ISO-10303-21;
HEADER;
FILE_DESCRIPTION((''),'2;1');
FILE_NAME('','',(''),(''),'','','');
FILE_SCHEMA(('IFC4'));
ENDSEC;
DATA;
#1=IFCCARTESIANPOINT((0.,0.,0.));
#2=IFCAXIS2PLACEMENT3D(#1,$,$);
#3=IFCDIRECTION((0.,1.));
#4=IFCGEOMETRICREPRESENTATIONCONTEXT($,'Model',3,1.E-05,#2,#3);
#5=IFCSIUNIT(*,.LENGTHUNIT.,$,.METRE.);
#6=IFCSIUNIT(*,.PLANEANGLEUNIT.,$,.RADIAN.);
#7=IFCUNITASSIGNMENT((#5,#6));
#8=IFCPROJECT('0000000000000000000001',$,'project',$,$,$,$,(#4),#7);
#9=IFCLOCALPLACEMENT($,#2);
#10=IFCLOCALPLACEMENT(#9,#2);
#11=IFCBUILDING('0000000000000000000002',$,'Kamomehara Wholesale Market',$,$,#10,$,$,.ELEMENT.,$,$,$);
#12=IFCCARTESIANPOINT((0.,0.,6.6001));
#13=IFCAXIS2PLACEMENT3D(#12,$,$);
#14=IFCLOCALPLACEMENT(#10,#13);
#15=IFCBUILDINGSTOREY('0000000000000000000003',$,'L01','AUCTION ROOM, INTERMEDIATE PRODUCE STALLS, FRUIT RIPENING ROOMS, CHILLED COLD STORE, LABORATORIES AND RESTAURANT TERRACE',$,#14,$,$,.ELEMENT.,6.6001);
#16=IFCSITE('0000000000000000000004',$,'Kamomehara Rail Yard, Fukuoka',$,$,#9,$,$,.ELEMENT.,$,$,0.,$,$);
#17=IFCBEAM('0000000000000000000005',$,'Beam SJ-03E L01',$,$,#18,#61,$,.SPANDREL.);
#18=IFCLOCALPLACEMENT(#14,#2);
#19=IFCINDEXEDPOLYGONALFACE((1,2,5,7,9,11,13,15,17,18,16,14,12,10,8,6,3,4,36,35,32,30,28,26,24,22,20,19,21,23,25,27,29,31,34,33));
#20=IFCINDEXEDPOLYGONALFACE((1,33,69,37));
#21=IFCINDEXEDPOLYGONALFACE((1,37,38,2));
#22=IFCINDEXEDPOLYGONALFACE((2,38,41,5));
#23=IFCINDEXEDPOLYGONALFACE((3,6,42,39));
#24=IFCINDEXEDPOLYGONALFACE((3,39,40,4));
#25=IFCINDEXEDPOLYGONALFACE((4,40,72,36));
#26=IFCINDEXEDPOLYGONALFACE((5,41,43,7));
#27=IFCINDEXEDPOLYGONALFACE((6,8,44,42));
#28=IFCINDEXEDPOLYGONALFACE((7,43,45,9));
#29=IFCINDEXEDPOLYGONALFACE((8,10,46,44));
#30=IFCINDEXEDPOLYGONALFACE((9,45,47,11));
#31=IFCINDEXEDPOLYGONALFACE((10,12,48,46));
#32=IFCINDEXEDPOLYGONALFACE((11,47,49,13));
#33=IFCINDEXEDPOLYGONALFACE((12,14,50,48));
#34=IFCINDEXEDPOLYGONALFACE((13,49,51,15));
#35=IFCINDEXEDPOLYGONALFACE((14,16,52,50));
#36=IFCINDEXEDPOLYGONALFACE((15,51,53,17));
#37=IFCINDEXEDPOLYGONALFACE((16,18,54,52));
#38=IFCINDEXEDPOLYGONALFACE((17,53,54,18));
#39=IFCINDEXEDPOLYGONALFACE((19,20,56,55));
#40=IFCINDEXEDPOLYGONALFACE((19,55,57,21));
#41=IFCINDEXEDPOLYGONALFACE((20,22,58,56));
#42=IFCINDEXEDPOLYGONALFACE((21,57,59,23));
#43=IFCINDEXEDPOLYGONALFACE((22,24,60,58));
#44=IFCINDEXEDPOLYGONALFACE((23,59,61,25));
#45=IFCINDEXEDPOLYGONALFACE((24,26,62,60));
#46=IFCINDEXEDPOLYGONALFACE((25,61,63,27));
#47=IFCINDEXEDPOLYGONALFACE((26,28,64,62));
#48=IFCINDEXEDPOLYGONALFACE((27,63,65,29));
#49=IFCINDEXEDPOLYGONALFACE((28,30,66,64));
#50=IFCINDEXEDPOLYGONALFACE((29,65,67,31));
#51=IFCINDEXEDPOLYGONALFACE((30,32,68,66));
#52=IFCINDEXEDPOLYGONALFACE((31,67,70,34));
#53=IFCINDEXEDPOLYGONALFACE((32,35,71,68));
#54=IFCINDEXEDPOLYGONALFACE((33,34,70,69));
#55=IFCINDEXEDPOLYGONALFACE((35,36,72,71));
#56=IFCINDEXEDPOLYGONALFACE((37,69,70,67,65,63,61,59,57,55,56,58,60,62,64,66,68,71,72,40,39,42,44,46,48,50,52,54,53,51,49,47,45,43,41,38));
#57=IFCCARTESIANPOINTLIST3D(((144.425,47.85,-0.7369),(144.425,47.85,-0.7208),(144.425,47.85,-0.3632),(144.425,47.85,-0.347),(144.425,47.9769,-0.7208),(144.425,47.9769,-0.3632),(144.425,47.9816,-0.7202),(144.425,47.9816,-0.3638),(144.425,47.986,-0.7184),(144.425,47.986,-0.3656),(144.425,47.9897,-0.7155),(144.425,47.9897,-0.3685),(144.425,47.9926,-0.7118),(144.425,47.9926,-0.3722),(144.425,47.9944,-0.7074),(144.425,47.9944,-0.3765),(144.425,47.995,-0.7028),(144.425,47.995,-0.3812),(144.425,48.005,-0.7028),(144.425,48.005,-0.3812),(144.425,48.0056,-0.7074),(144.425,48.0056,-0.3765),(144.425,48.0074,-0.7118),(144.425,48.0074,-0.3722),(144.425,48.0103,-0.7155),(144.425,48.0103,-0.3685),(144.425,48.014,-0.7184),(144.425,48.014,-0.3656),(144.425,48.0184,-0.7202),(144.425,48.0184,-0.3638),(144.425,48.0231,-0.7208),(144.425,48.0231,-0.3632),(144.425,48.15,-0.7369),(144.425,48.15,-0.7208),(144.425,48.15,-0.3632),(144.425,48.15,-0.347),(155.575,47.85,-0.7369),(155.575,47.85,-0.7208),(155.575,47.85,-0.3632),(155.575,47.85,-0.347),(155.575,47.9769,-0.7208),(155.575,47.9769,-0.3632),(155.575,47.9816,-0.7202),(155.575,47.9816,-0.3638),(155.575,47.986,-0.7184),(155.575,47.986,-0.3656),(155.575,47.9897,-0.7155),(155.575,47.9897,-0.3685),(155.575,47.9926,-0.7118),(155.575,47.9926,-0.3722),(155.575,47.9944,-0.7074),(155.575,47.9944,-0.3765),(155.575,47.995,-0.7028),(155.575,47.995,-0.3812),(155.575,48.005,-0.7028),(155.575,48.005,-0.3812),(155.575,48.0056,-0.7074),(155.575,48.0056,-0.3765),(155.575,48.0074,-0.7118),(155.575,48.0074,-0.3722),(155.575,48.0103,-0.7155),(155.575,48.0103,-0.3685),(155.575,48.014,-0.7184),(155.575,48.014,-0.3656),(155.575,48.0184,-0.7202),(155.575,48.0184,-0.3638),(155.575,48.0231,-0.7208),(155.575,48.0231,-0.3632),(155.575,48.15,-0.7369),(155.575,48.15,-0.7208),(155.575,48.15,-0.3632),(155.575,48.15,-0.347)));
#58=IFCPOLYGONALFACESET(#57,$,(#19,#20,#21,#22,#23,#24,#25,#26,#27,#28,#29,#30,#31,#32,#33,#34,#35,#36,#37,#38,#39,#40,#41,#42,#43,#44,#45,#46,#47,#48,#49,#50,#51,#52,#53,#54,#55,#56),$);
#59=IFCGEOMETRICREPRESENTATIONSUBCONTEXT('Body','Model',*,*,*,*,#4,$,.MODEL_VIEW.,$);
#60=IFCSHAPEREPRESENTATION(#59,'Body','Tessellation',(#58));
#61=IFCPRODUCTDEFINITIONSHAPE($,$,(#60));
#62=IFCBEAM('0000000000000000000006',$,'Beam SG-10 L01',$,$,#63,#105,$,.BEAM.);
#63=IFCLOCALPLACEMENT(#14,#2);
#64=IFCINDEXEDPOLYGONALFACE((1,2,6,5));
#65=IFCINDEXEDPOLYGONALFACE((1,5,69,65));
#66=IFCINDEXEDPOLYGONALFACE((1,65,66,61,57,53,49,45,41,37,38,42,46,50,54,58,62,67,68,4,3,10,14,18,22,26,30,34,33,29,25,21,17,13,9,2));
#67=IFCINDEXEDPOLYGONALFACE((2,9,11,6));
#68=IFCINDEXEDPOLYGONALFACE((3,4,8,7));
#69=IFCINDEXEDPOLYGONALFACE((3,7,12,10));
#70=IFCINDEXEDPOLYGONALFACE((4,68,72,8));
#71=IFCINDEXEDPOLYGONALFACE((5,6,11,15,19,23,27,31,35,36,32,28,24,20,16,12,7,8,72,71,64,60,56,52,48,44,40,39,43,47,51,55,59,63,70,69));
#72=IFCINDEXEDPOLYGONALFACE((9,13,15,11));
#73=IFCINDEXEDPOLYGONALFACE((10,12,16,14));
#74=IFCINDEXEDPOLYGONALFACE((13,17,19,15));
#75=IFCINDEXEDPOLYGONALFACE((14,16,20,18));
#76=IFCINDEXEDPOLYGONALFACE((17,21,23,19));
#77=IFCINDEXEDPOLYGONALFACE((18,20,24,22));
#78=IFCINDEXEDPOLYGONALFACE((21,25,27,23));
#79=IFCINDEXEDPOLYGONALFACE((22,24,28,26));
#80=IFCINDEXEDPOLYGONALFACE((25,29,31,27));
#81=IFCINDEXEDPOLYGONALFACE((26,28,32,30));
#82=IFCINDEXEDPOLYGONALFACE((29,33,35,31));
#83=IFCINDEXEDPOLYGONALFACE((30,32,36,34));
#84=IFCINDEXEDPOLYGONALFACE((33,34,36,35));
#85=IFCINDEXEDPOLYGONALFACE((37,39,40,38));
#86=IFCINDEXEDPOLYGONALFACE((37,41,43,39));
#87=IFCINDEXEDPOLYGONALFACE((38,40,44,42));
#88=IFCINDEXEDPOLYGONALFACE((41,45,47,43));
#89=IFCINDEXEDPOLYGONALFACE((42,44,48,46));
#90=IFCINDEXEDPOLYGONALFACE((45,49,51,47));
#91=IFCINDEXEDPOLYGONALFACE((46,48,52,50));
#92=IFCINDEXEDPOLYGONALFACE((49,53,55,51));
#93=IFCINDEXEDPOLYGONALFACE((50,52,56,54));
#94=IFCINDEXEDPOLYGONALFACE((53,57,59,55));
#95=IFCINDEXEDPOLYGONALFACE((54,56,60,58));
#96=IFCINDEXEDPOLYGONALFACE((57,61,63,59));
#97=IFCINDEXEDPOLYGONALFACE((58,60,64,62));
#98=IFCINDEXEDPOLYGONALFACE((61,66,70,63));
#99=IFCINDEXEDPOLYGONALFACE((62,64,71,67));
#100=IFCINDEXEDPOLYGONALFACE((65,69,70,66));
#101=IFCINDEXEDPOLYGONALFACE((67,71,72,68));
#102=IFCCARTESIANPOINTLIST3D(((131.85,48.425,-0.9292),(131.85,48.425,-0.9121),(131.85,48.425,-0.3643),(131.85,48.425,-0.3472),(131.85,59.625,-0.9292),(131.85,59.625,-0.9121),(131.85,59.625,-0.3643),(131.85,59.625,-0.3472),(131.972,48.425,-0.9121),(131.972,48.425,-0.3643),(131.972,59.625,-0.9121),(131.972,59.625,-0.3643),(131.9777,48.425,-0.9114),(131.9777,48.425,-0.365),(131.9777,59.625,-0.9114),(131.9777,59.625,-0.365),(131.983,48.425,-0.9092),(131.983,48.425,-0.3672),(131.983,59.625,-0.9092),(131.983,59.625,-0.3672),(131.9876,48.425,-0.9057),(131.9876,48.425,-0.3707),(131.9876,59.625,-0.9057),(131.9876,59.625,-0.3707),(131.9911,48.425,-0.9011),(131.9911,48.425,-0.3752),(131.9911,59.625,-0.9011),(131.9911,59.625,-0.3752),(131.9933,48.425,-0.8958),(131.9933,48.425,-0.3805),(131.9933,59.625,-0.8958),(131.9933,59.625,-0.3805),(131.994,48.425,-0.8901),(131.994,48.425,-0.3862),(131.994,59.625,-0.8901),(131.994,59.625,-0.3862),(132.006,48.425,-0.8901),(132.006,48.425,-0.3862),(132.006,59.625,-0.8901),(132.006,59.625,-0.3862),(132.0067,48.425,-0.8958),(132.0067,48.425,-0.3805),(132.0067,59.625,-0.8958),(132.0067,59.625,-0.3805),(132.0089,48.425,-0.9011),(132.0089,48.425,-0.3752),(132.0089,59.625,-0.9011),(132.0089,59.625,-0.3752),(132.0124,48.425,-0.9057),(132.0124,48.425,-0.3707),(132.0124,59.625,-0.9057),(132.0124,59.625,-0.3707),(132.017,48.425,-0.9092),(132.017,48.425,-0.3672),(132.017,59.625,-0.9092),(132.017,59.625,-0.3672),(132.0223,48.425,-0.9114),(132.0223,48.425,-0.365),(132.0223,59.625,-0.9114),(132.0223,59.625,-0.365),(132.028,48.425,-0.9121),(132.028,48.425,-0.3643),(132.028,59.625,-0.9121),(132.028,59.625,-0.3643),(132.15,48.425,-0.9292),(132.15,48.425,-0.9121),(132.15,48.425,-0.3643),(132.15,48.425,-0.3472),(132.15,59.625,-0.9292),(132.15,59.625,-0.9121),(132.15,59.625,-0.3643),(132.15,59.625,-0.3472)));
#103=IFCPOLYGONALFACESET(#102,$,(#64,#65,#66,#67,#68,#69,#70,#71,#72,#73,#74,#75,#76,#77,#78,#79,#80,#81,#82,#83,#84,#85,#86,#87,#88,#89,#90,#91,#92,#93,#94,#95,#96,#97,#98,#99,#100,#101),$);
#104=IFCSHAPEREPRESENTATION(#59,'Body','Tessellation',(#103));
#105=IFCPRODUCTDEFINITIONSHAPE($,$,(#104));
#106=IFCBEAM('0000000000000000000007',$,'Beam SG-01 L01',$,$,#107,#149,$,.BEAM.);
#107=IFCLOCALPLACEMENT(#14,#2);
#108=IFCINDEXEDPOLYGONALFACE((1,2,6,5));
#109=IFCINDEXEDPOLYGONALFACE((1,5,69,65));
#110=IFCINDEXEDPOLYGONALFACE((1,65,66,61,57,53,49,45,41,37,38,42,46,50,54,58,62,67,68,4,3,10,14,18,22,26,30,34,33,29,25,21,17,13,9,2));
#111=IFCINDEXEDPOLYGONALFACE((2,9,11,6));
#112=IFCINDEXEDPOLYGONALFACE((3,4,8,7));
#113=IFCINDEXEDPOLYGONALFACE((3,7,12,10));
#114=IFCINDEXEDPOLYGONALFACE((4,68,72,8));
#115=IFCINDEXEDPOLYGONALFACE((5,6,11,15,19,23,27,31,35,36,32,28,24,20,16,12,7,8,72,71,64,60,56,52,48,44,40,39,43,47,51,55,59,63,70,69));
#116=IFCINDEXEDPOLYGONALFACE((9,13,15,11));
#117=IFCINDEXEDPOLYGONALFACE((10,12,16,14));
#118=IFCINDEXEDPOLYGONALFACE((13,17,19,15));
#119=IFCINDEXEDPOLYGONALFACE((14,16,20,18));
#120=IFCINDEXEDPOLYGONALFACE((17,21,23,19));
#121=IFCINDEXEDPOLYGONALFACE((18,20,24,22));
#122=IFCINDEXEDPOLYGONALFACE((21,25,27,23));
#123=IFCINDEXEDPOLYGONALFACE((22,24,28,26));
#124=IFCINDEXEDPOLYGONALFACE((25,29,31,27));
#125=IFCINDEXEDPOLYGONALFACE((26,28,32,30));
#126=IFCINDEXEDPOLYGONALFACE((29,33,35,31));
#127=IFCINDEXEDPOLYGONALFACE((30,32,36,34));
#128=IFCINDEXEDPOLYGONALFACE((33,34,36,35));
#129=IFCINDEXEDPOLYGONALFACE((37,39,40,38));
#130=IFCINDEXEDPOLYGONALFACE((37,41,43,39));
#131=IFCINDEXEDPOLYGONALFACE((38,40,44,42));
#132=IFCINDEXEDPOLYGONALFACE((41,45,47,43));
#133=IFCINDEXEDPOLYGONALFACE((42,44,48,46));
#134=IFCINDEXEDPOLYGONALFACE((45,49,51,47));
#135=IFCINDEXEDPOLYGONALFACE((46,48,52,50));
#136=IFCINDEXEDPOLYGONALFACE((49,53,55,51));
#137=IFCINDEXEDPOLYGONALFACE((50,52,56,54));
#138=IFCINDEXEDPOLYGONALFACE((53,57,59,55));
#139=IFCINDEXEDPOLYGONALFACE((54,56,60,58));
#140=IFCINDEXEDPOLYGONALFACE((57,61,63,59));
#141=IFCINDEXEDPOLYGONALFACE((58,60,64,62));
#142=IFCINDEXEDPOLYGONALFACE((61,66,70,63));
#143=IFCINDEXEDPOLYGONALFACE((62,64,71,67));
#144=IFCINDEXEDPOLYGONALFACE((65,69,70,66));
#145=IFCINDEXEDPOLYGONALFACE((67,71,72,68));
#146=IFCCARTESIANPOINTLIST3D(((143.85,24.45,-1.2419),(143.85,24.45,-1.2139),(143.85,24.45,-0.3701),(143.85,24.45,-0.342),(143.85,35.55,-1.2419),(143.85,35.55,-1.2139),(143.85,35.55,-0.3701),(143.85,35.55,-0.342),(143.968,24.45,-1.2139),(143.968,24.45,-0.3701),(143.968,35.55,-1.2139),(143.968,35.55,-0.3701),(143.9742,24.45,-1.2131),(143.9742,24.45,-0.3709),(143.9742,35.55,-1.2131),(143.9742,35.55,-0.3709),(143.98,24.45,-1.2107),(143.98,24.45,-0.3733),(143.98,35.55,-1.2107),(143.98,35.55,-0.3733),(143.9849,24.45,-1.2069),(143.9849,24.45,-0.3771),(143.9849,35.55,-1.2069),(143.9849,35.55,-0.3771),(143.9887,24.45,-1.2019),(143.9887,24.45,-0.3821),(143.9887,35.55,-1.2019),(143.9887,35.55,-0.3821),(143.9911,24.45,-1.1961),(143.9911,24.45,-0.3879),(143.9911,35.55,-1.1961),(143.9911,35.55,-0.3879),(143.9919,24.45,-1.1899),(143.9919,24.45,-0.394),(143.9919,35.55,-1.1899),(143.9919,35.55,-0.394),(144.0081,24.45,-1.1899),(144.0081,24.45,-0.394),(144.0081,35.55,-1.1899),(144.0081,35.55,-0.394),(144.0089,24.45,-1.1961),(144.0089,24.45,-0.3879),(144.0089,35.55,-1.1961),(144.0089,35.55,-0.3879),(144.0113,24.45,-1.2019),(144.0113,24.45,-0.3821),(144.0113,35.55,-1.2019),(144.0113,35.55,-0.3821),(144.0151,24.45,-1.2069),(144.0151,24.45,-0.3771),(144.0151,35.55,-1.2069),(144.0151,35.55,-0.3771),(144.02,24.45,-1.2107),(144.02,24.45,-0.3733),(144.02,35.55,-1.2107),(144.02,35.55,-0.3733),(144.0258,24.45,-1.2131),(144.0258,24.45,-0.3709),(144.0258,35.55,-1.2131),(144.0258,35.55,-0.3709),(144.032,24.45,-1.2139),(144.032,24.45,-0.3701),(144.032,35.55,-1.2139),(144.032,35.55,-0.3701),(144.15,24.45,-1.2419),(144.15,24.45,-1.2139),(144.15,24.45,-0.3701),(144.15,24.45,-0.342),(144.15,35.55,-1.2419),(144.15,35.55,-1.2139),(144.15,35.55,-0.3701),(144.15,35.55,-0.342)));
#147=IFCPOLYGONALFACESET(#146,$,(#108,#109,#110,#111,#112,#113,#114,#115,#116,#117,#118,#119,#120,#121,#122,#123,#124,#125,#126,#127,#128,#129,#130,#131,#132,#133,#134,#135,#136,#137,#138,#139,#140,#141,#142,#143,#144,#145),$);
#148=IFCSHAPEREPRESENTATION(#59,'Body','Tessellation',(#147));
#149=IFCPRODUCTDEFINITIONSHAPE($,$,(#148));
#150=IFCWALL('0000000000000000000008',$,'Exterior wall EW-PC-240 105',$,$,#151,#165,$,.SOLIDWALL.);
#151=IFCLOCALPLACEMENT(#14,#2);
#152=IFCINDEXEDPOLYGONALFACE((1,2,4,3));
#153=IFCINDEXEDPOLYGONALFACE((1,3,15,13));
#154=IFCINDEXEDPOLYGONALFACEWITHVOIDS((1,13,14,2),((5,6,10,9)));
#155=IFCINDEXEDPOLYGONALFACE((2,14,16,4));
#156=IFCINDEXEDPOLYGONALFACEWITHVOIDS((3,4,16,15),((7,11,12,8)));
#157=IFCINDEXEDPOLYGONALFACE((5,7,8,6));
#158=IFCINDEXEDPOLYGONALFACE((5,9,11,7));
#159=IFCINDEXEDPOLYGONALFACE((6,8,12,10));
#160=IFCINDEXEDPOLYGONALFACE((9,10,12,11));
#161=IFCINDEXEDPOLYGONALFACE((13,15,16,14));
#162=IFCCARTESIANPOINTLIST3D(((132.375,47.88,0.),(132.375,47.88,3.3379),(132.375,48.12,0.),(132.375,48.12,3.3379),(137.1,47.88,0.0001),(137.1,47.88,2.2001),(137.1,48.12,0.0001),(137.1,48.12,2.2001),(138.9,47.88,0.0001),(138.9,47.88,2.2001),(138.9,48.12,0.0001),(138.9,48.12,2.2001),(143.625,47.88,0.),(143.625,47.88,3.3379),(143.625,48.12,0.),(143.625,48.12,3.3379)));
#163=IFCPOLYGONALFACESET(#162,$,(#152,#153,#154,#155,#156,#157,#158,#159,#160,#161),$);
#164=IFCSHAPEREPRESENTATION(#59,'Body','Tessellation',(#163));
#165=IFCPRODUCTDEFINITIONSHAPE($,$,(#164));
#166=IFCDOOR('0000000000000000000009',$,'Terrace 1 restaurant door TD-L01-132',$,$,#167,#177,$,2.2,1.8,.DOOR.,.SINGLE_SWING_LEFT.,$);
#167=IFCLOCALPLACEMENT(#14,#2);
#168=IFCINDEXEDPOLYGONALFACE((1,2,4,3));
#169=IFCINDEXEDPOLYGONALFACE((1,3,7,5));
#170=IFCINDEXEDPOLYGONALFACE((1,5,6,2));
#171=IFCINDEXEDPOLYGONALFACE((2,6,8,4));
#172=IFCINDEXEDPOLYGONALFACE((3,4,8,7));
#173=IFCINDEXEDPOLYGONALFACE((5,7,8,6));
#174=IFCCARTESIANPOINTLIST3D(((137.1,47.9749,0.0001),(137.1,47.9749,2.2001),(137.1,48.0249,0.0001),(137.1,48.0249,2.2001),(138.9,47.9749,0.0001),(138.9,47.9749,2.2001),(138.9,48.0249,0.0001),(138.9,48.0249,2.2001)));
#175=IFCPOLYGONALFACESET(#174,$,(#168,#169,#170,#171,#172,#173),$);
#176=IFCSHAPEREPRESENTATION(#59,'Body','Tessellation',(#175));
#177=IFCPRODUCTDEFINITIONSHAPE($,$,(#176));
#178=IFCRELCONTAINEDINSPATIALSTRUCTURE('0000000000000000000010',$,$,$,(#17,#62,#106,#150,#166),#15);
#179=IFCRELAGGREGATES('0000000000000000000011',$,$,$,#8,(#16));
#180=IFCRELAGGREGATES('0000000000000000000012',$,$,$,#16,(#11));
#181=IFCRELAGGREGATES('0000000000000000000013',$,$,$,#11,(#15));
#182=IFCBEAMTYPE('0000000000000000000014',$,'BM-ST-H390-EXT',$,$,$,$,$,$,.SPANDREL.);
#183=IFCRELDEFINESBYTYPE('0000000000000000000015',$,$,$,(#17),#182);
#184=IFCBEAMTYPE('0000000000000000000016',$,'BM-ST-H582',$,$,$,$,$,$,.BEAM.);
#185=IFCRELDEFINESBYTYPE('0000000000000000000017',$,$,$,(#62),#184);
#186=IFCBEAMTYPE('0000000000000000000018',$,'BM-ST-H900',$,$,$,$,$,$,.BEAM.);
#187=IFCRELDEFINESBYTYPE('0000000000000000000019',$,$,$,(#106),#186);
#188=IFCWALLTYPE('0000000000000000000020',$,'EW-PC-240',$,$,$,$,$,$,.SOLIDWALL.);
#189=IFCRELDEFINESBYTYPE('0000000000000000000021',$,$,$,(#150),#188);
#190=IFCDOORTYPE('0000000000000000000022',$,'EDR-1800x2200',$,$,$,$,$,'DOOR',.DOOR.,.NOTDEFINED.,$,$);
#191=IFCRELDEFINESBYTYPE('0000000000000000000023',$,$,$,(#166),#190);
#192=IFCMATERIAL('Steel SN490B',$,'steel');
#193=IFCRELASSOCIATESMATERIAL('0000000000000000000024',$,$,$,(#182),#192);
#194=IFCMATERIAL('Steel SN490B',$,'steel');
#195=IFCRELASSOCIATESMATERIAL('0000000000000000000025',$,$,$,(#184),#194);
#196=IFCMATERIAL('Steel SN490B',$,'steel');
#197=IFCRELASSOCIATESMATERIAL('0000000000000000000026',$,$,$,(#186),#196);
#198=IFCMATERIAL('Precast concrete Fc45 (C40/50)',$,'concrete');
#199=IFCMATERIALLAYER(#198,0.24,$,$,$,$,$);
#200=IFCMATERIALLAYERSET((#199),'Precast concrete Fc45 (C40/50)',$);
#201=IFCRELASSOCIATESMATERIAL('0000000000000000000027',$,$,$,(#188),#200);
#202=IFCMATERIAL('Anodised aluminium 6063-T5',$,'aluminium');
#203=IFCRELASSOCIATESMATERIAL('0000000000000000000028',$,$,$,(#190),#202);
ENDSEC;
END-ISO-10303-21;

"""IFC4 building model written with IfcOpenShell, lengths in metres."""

from ifc_helpers import new_model, si_unit, direction, frame, frame_2d, origin, origin_2d, place, context, subcontext, project, spatial, rectangle, i_section, extrude, material, layer, layer_set, material_profile, profile_set, type_object, element, fill, save


model = new_model("IFC4")

# Units and contexts
model_context = context("Model", 3, precision=1e-05, world=origin(), true_north=direction((0.0, 1.0)))
body_context = subcontext(model_context, "Body", "Model", "MODEL_VIEW")
ifc_project = project(units=[si_unit("LENGTHUNIT", "METRE"), si_unit("PLANEANGLEUNIT", "RADIAN")], contexts=[model_context])

# Site, building, storey
site_placement = place(None, origin())
site = spatial("IfcSite", under=ifc_project, at=site_placement, Name="Kamomehara Rail Yard, Fukuoka", CompositionType="ELEMENT", RefElevation=0.0)
building_placement = place(site_placement, origin())
building = spatial("IfcBuilding", under=site, at=building_placement, Name="Kamomehara Wholesale Market", CompositionType="ELEMENT")
storey_placement = place(building_placement, frame((0.0, 0.0, 6.6001)))
storey = spatial("IfcBuildingStorey", under=building, at=storey_placement, Name="L01", Description="AUCTION ROOM, INTERMEDIATE PRODUCE STALLS, FRUIT RIPENING ROOMS, CHILLED COLD STORE, LABORATORIES AND RESTAURANT TERRACE", CompositionType="ELEMENT", Elevation=6.6001)

# Beams
ifc_material_1 = material(Name="Steel SN490B", Category="steel")
ifc_material_profile_1 = material_profile(ifc_material_1, i_section(OverallWidth=0.3, OverallDepth=0.3899, WebThickness=0.01, FlangeThickness=0.0161, FilletRadius=0.0181, at=origin_2d()), Name="H-390x300x10x16")
ifc_profile_set_1 = profile_set([ifc_material_profile_1], Name="Steel SN490B")
beam_type_1 = type_object("IfcBeamType", Name="BM-ST-H390-EXT", PredefinedType="SPANDREL", material=ifc_profile_set_1)
beam_1_placement = place(storey_placement, frame((144.425, 48.0, -0.542), z_axis=(1.0, 0.0, 0.0), x_axis=(0.0, 1.0, 0.0)))
element("IfcBeam", 1, at=beam_1_placement, inside=storey, type_object=beam_type_1, Name="Beam SJ-03E L01", PredefinedType="SPANDREL", context=body_context, shape_type="SweptSolid", body=[
    extrude(i_section(OverallWidth=0.3, OverallDepth=0.3899, WebThickness=0.01, FlangeThickness=0.0161, FilletRadius=0.0181, at=origin_2d()), origin(), (0.0, 0.0, 1.0), 11.1499),
])
ifc_material_2 = material(Name="Steel SN490B", Category="steel")
ifc_material_profile_2 = material_profile(ifc_material_2, i_section(OverallWidth=0.3, OverallDepth=0.582, WebThickness=0.012, FlangeThickness=0.0171, FilletRadius=0.022, at=origin_2d()), Name="H-582x300x12x17")
ifc_profile_set_2 = profile_set([ifc_material_profile_2], Name="Steel SN490B")
beam_type_2 = type_object("IfcBeamType", Name="BM-ST-H582", PredefinedType="BEAM", material=ifc_profile_set_2)
beam_2_placement = place(storey_placement, frame((132.0, 48.425, -0.6382), z_axis=(0.0, 1.0, 0.0), x_axis=(-1.0, 0.0, 0.0)))
element("IfcBeam", 2, at=beam_2_placement, inside=storey, type_object=beam_type_2, Name="Beam SG-10 L01", PredefinedType="BEAM", context=body_context, shape_type="SweptSolid", body=[
    extrude(i_section(OverallWidth=0.3, OverallDepth=0.582, WebThickness=0.012, FlangeThickness=0.0171, FilletRadius=0.022, at=origin_2d()), origin(), (0.0, 0.0, 1.0), 11.2),
])
ifc_material_3 = material(Name="Steel SN490B", Category="steel")
ifc_material_profile_3 = material_profile(ifc_material_3, i_section(OverallWidth=0.3, OverallDepth=0.8999, WebThickness=0.0161, FlangeThickness=0.0281, FilletRadius=0.0239, at=origin_2d()), Name="H-900x300x16x28")
ifc_profile_set_3 = profile_set([ifc_material_profile_3], Name="Steel SN490B")
beam_type_3 = type_object("IfcBeamType", Name="BM-ST-H900", PredefinedType="BEAM", material=ifc_profile_set_3)
beam_3_placement = place(storey_placement, frame((144.0, 24.45, -0.792), z_axis=(0.0, 1.0, 0.0), x_axis=(-1.0, 0.0, 0.0)))
element("IfcBeam", 3, at=beam_3_placement, inside=storey, type_object=beam_type_3, Name="Beam SG-01 L01", PredefinedType="BEAM", context=body_context, shape_type="SweptSolid", body=[
    extrude(i_section(OverallWidth=0.3, OverallDepth=0.8999, WebThickness=0.0161, FlangeThickness=0.0281, FilletRadius=0.0239, at=origin_2d()), origin(), (0.0, 0.0, 1.0), 11.1001),
])

# Wall, opening, door
ifc_material_4 = material(Name="Precast concrete Fc45 (C40/50)", Category="concrete")
ifc_layer = layer(ifc_material_4, 0.24)
ifc_layer_set = layer_set([ifc_layer], Name="Precast concrete Fc45 (C40/50)")
wall_type = type_object("IfcWallType", Name="EW-PC-240", PredefinedType="SOLIDWALL", material=ifc_layer_set)
wall_1_placement = place(storey_placement, frame((132.375, 48.0, 0.0), z_axis=(0.0, 0.0, 1.0), x_axis=(1.0, 0.0, 0.0)))
wall_1 = element("IfcWall", 4, at=wall_1_placement, inside=storey, type_object=wall_type, Name="Exterior wall EW-PC-240 105", PredefinedType="SOLIDWALL", context=body_context, shape_type="SweptSolid", body=[
    extrude(rectangle(XDim=11.25, YDim=0.24, at=frame_2d((5.625, 0.0))), origin(), (0.0, 0.0, 1.0), 3.3379),
])
opening_1_placement = place(wall_1_placement, frame((4.7251, 0.0, 0.0)))
opening_1 = element("IfcOpeningElement", 5, at=opening_1_placement, cuts=wall_1, PredefinedType="OPENING", context=body_context, shape_type="SweptSolid", body=[
    extrude(rectangle(XDim=1.8, YDim=2.2, at=frame_2d((0.8999, 1.1001))), frame((0.0, 0.1348, 0.0), z_axis=(0.0, -1.0, 0.0), x_axis=(1.0, 0.0, 0.0)), (0.0, 0.0, 1.0), 0.2698),
])
ifc_material_5 = material(Name="Anodised aluminium 6063-T5", Category="aluminium")
door_type = type_object("IfcDoorType", Name="EDR-1800x2200", ElementType="DOOR", OperationType="NOTDEFINED", PredefinedType="DOOR", material=ifc_material_5)
door_placement = place(opening_1_placement, origin())
door = element("IfcDoor", 6, at=door_placement, inside=storey, type_object=door_type, Name="Terrace 1 restaurant door TD-L01-132", OperationType="SINGLE_SWING_LEFT", OverallHeight=2.2, OverallWidth=1.8, PredefinedType="DOOR", context=body_context, shape_type="SweptSolid", body=[
    extrude(rectangle(XDim=1.8, YDim=2.2, at=frame_2d((0.8999, 1.1001))), frame((0.0, 0.0249, 0.0), z_axis=(0.0, -1.0, 0.0), x_axis=(1.0, 0.0, 0.0)), (0.0, 0.0, 1.0), 0.05),
])
fill(opening_1, door)

save(model, "model.ifc")
